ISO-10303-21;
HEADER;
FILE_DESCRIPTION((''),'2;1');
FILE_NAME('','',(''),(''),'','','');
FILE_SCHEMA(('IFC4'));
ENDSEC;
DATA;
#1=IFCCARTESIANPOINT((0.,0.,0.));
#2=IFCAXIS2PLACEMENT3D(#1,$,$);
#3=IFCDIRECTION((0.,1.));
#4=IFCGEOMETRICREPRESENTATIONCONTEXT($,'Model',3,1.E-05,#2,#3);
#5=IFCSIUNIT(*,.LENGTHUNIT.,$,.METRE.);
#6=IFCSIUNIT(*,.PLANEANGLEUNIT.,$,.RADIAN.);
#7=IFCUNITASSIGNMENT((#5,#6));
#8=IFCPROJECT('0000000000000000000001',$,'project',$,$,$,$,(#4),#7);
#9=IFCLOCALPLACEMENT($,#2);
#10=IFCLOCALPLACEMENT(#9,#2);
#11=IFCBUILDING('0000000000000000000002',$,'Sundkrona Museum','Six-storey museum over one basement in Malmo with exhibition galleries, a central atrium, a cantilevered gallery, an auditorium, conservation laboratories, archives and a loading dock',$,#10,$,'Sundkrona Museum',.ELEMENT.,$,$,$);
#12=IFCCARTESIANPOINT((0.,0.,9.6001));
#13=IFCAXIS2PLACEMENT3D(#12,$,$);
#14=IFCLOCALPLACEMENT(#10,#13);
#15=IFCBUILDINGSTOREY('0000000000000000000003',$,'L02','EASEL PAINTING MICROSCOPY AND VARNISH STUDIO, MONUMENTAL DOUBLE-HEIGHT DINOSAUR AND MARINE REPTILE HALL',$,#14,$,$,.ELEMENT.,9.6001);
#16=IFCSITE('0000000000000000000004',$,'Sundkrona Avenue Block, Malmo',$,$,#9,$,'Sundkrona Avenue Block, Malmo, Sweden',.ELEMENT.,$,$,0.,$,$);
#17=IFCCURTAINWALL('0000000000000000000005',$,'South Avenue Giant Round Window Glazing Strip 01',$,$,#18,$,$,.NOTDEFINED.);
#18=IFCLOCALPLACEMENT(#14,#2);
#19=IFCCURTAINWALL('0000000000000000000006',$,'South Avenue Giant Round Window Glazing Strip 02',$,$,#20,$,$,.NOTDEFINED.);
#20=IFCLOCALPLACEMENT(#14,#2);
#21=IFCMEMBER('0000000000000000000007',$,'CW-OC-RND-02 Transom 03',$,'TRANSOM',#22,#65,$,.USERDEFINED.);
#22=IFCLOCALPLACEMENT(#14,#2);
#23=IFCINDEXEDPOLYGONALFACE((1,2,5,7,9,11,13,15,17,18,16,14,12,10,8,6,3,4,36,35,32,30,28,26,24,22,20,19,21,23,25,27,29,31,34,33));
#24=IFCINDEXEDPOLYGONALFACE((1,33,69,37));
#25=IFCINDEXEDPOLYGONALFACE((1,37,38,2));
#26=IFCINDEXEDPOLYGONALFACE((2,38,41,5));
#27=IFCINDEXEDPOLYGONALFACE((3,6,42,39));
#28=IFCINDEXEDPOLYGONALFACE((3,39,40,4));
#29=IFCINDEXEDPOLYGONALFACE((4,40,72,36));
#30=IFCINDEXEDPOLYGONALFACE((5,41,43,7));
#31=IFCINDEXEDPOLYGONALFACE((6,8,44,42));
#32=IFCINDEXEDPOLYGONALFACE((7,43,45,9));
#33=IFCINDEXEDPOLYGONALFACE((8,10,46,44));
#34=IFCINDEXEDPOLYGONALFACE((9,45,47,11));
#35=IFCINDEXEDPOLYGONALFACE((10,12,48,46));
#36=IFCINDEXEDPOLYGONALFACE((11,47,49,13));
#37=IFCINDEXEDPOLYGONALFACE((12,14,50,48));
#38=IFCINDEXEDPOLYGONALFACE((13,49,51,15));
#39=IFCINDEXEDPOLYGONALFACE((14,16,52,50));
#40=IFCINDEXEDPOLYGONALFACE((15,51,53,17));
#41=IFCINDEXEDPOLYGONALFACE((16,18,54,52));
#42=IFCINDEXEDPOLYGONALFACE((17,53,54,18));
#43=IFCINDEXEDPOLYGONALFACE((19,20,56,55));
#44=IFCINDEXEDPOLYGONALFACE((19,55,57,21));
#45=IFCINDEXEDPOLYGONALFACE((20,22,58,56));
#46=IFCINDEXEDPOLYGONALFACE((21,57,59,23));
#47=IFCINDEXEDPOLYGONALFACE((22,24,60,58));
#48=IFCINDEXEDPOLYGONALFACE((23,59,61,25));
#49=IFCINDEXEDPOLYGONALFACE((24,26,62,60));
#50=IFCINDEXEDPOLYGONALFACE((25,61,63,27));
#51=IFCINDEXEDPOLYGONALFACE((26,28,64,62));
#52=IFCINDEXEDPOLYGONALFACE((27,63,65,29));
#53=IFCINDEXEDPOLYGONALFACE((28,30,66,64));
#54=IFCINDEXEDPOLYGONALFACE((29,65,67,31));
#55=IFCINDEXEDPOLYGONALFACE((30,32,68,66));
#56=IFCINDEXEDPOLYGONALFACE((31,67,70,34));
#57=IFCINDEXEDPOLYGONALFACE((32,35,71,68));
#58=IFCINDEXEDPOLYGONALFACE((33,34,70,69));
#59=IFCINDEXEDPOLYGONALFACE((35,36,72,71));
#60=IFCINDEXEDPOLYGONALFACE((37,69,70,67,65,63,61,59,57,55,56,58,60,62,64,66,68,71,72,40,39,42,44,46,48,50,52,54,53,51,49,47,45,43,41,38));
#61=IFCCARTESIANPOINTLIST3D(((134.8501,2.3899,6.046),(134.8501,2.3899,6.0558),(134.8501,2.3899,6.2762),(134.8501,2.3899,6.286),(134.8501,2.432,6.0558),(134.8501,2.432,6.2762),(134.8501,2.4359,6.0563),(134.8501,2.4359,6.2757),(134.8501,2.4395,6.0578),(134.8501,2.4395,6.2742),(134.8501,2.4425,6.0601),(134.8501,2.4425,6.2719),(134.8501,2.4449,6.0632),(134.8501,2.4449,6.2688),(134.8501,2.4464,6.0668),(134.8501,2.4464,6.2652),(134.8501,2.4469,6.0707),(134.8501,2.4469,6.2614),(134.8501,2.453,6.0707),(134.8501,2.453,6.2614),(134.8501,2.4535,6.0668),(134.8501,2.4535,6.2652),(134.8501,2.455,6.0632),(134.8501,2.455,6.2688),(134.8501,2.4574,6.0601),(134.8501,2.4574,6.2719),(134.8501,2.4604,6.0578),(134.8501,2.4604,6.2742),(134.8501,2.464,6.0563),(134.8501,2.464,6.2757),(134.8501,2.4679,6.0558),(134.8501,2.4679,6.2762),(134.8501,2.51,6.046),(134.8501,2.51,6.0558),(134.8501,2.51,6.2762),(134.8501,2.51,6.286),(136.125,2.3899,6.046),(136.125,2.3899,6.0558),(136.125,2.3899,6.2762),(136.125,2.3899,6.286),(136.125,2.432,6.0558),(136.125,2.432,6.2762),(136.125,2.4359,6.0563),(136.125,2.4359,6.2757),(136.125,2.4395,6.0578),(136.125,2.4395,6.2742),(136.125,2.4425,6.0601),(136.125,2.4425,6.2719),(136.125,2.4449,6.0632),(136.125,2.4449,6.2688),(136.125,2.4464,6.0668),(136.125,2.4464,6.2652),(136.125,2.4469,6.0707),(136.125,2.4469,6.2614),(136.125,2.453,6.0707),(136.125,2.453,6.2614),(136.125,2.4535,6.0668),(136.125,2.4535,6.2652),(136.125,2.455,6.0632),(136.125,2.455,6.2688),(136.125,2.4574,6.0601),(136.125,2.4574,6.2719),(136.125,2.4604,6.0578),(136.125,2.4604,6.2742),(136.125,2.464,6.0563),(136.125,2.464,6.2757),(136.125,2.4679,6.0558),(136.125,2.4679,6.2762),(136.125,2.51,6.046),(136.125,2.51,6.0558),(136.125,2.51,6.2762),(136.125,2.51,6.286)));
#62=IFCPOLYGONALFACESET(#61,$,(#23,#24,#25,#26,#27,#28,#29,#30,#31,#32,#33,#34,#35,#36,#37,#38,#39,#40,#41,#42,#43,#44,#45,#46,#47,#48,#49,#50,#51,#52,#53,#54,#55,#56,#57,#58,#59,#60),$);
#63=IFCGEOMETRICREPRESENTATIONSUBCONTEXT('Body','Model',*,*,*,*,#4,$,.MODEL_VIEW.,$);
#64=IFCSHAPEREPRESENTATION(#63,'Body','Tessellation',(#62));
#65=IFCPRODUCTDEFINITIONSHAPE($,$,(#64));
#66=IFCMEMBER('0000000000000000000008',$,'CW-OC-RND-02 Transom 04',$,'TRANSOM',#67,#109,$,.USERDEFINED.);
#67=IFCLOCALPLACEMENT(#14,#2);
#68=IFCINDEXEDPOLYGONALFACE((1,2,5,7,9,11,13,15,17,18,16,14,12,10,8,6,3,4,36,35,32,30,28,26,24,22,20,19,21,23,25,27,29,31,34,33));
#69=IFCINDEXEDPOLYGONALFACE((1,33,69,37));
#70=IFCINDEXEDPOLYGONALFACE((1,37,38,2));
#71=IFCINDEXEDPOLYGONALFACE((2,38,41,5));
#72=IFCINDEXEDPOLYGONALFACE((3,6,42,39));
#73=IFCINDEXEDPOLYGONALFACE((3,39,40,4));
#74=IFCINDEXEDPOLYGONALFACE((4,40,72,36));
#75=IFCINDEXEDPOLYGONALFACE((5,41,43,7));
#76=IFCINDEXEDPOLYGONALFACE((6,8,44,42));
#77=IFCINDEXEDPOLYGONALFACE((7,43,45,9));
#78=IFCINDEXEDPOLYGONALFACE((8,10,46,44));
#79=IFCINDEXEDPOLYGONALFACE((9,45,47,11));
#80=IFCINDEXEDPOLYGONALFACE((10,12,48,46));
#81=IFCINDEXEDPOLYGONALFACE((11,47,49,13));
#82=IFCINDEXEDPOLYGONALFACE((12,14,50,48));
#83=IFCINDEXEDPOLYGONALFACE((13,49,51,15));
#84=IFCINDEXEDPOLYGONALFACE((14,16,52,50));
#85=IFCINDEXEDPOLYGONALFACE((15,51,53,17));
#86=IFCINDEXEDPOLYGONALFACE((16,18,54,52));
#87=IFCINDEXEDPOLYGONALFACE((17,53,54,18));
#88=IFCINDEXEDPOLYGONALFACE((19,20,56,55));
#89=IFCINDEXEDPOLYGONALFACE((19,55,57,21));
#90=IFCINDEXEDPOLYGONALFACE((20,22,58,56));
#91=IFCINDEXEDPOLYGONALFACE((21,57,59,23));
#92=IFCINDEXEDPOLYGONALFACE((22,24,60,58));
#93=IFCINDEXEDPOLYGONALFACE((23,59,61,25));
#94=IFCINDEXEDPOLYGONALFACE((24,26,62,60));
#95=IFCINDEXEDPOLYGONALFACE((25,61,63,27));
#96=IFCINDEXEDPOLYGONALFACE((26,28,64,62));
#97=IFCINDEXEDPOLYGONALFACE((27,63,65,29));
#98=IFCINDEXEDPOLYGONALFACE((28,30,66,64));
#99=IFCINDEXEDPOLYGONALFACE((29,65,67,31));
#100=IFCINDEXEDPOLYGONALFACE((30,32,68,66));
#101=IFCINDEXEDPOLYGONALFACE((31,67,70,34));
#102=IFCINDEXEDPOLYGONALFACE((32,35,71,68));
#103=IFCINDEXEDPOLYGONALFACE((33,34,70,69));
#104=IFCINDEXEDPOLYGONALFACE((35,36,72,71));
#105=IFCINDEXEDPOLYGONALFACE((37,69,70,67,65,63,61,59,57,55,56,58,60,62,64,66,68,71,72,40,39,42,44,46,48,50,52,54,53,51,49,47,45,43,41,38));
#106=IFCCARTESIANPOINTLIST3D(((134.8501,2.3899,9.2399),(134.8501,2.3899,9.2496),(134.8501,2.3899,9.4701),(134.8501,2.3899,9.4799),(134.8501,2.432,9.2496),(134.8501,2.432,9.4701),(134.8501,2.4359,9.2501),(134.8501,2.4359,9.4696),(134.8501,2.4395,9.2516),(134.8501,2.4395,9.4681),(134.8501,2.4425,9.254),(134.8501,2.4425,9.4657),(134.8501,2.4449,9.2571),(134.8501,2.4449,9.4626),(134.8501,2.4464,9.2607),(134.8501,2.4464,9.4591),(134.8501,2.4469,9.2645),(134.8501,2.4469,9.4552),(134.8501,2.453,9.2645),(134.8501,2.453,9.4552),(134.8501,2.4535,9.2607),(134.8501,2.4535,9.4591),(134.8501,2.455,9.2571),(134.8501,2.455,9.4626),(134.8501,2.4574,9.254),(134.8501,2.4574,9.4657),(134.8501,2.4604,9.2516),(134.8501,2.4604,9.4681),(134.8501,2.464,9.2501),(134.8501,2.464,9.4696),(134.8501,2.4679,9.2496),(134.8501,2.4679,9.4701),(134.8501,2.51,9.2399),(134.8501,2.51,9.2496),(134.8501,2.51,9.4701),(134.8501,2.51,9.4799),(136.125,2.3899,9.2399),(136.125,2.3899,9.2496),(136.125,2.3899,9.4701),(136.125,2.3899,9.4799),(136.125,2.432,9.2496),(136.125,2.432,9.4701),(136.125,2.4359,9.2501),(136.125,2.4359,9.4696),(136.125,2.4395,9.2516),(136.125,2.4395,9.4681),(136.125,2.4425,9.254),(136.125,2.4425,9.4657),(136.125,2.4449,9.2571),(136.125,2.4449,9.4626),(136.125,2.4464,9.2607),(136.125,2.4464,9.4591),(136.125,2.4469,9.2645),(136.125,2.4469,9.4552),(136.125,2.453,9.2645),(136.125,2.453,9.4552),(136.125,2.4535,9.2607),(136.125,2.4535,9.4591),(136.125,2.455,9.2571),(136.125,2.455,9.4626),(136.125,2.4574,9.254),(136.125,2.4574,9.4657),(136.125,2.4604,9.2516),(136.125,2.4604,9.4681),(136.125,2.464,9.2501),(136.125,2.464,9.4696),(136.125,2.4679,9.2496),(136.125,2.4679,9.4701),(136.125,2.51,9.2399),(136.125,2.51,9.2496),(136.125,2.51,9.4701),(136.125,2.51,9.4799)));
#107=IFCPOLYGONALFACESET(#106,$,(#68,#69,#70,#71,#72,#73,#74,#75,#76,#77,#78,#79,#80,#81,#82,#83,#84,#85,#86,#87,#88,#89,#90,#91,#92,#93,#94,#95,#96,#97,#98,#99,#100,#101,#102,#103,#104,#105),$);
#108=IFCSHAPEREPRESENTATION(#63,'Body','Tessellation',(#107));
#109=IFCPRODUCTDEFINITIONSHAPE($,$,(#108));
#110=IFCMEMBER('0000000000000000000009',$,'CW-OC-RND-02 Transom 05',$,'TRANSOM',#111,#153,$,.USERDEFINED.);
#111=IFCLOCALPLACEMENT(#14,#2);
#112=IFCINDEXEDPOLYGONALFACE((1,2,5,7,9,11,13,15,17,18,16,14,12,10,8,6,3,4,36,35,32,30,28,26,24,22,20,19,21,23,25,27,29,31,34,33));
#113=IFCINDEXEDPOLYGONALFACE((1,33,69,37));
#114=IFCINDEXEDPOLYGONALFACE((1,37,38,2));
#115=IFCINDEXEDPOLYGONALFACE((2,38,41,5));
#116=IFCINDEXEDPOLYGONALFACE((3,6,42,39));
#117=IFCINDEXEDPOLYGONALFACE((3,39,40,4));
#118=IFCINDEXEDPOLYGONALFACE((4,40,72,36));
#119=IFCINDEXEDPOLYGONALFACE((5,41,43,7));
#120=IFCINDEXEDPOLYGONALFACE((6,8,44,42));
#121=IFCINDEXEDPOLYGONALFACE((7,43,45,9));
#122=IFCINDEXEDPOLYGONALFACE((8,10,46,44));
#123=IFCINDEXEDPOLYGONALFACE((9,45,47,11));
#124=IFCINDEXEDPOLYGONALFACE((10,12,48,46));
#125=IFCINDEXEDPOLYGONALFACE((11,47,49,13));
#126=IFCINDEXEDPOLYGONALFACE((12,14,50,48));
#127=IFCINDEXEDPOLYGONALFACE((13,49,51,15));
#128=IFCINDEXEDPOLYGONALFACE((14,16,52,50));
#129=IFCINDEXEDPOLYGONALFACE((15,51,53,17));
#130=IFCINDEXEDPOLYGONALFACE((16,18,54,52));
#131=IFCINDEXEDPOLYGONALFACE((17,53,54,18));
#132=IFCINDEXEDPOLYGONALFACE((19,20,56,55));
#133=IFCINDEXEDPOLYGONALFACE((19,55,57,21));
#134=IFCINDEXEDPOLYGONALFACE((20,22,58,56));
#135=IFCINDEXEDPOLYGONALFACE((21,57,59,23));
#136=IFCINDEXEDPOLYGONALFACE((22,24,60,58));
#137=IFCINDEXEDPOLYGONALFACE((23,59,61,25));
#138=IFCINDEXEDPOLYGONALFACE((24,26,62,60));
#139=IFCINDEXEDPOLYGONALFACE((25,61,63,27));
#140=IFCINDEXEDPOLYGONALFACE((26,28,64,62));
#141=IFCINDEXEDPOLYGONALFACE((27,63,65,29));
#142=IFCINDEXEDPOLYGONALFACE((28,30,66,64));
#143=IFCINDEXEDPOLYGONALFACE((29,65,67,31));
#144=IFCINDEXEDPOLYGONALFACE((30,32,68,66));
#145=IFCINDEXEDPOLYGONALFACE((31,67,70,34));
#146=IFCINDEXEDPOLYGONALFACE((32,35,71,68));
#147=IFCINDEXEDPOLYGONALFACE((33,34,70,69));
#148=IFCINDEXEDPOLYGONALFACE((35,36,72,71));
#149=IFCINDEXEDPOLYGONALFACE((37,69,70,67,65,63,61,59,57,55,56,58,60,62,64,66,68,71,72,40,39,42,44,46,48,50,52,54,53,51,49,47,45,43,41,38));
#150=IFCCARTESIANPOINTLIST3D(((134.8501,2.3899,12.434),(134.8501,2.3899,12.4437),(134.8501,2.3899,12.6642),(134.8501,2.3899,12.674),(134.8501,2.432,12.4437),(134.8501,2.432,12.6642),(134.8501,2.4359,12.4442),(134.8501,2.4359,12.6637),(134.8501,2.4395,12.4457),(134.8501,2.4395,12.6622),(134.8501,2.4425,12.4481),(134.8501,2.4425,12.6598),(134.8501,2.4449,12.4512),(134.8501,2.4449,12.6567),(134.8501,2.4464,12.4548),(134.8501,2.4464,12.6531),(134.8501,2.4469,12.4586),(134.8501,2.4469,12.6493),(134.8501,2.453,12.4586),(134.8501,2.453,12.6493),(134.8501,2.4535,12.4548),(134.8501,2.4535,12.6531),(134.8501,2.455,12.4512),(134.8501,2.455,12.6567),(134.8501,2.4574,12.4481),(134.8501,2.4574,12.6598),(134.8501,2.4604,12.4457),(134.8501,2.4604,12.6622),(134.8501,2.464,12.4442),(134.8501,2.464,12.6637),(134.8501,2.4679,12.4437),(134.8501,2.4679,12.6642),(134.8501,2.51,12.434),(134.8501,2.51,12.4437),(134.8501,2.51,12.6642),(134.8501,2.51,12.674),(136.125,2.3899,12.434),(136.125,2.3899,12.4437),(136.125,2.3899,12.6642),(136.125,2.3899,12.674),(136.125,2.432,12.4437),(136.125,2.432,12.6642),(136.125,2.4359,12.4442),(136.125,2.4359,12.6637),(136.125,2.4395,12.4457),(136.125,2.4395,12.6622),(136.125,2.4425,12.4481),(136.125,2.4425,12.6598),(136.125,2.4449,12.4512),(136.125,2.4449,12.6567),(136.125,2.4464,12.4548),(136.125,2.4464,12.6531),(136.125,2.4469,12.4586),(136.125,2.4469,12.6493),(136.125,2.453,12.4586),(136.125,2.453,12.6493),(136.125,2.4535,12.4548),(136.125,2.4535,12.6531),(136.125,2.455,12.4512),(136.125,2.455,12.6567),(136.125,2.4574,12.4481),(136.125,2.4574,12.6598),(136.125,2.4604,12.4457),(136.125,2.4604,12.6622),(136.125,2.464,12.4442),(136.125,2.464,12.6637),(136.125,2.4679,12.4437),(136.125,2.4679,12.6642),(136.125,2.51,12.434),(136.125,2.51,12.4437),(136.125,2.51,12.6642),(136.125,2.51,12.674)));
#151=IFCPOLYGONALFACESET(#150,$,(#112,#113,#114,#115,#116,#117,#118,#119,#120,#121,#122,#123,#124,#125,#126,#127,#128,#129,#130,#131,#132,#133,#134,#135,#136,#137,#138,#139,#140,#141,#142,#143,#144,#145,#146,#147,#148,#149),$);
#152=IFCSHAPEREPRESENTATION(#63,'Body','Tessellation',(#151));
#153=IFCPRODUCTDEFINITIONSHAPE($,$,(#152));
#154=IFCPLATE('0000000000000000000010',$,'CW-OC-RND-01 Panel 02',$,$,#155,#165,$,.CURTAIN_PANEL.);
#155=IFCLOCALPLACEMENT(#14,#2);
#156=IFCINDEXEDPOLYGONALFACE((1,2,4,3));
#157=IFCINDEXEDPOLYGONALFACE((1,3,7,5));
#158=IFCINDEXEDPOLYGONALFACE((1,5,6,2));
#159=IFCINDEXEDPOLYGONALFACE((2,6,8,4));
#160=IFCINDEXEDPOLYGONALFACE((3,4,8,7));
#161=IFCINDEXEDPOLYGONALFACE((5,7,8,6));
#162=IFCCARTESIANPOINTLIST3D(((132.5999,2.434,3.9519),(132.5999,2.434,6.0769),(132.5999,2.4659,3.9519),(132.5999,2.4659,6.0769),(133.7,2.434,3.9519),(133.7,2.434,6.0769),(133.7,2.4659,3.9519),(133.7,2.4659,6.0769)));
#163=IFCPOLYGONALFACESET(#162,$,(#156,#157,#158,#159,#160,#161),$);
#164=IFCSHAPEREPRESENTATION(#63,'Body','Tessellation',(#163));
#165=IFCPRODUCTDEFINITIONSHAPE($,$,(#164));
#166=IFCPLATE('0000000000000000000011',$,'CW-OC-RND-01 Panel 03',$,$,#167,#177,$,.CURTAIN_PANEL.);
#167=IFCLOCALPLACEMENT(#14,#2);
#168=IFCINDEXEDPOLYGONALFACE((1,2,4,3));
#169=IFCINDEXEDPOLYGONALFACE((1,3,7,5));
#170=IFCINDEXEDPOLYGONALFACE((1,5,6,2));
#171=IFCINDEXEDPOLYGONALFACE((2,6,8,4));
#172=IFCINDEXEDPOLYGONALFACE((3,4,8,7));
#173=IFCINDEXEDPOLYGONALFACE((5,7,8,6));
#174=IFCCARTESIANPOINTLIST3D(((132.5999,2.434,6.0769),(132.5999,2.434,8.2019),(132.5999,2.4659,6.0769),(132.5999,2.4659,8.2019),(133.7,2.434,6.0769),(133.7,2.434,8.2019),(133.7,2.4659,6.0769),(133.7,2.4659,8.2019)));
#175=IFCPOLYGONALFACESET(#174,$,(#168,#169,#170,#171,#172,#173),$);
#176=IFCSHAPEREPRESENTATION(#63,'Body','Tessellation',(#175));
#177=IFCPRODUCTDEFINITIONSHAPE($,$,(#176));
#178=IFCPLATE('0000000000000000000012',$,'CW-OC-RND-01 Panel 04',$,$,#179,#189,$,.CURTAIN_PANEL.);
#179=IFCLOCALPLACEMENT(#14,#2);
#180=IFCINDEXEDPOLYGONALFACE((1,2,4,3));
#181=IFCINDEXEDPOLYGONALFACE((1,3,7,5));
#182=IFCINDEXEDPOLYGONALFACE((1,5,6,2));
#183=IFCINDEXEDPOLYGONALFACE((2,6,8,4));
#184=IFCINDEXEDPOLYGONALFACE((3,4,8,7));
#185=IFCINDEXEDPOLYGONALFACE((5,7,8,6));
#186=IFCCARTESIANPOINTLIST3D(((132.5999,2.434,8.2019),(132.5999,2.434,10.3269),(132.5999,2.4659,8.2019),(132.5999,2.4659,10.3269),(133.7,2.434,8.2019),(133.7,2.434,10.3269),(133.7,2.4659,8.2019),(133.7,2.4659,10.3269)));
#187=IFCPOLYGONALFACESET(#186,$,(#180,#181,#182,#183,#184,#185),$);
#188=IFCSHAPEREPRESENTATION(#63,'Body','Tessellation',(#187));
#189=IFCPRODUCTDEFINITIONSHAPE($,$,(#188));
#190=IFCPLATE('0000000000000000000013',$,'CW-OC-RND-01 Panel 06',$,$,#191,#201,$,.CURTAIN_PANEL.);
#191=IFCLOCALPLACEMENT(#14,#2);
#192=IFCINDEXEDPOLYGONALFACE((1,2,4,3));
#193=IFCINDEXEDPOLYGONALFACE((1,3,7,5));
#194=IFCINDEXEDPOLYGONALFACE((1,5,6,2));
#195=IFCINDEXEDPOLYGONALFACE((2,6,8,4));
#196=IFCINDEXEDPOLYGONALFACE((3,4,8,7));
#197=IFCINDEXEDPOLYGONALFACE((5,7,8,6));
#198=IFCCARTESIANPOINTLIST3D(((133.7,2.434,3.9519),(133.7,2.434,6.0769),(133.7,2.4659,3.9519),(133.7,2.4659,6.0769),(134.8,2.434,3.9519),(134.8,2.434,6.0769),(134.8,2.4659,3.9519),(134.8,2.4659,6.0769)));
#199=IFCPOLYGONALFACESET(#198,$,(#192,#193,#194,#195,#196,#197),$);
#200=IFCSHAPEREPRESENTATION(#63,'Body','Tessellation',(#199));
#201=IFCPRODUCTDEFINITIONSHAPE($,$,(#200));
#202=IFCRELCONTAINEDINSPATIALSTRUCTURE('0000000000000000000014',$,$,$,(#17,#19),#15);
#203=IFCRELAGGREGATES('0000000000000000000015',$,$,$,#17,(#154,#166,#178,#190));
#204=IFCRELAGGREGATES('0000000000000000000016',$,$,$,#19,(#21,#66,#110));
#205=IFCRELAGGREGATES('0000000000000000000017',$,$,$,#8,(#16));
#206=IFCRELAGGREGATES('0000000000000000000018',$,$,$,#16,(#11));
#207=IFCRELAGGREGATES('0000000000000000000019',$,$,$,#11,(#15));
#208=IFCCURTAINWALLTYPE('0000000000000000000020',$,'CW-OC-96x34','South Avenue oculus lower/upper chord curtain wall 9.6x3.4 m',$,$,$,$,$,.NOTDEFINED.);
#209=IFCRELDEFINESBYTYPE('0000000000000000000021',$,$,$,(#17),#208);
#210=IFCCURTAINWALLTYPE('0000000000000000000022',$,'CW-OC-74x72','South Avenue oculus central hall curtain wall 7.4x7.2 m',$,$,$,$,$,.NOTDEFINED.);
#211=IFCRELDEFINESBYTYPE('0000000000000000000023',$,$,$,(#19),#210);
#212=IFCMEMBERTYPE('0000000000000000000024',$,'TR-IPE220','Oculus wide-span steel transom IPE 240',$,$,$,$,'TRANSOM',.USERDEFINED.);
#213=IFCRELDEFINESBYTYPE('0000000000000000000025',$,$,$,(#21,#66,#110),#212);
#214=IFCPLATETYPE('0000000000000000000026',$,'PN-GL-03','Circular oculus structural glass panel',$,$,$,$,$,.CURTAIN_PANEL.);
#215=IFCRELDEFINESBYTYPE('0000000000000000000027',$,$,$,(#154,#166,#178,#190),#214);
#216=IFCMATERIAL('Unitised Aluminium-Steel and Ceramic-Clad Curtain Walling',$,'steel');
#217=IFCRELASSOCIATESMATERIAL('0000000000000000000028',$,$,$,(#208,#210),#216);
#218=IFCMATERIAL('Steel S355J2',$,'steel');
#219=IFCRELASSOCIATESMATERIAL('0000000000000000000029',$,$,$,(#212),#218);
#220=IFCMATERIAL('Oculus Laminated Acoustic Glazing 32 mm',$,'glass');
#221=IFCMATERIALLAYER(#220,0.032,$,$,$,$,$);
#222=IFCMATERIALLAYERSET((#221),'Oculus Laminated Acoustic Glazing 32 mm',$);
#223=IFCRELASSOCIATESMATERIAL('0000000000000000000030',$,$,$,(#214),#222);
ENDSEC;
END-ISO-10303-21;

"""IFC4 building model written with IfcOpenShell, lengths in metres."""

from ifc_helpers import new_model, si_unit, direction, frame, origin, origin_2d, place, context, subcontext, project, spatial, rectangle, i_section, extrude, material, layer, layer_set, material_profile, profile_set, type_object, element, aggregate, save


model = new_model("IFC4")

# Units and contexts
model_context = context("Model", 3, precision=1e-05, world=origin(), true_north=direction((0.0, 1.0)))
body_context = subcontext(model_context, "Body", "Model", "MODEL_VIEW")
ifc_project = project(units=[si_unit("LENGTHUNIT", "METRE"), si_unit("PLANEANGLEUNIT", "RADIAN")], contexts=[model_context])

# Site, building, storey
site_placement = place(None, origin())
site = spatial("IfcSite", under=ifc_project, at=site_placement, Name="Sundkrona Avenue Block, Malmo", LongName="Sundkrona Avenue Block, Malmo, Sweden", CompositionType="ELEMENT", RefElevation=0.0)
building_placement = place(site_placement, origin())
building = spatial("IfcBuilding", under=site, at=building_placement, Name="Sundkrona Museum", Description="Six-storey museum over one basement in Malmo with exhibition galleries, a central atrium, a cantilevered gallery, an auditorium, conservation laboratories, archives and a loading dock", LongName="Sundkrona Museum", CompositionType="ELEMENT")
storey_placement = place(building_placement, frame((0.0, 0.0, 9.6001)))
storey = spatial("IfcBuildingStorey", under=building, at=storey_placement, Name="L02", Description="EASEL PAINTING MICROSCOPY AND VARNISH STUDIO, MONUMENTAL DOUBLE-HEIGHT DINOSAUR AND MARINE REPTILE HALL", CompositionType="ELEMENT", Elevation=9.6001)

# Shared definitions
ifc_material_1 = material(Name="Steel S355J2", Category="steel")

# Curtain walls, members
ifc_material_2 = material(Name="Unitised Aluminium-Steel and Ceramic-Clad Curtain Walling", Category="steel")
curtain_wall_type_1 = type_object("IfcCurtainWallType", Name="CW-OC-96x34", Description="South Avenue oculus lower/upper chord curtain wall 9.6x3.4 m", PredefinedType="NOTDEFINED", material=ifc_material_2)
curtain_wall_1_placement = place(storey_placement, origin())
curtain_wall_1 = element("IfcCurtainWall", 1, at=curtain_wall_1_placement, inside=storey, type_object=curtain_wall_type_1, Name="South Avenue Giant Round Window Glazing Strip 01", PredefinedType="NOTDEFINED")
curtain_wall_type_2 = type_object("IfcCurtainWallType", Name="CW-OC-74x72", Description="South Avenue oculus central hall curtain wall 7.4x7.2 m", PredefinedType="NOTDEFINED", material=ifc_material_2)
curtain_wall_2_placement = place(storey_placement, origin())
curtain_wall_2 = element("IfcCurtainWall", 2, at=curtain_wall_2_placement, inside=storey, type_object=curtain_wall_type_2, Name="South Avenue Giant Round Window Glazing Strip 02", PredefinedType="NOTDEFINED")
ifc_material_profile_1 = material_profile(ifc_material_1, i_section(OverallWidth=0.1201, OverallDepth=0.24, WebThickness=0.0061, FlangeThickness=0.0098, FilletRadius=0.0149, at=origin_2d()), Name="IPE 240")
ifc_profile_set_1 = profile_set([ifc_material_profile_1], Name="Steel S355J2")
member_type_1 = type_object("IfcMemberType", Name="TR-IPE220", Description="Oculus wide-span steel transom IPE 240", ElementType="TRANSOM", PredefinedType="USERDEFINED", material=ifc_profile_set_1)
member_1_placement = place(storey_placement, frame((134.8501, 2.45, 6.166), z_axis=(1.0, 0.0, 0.0), x_axis=(0.0, 1.0, 0.0)))
member_1 = element("IfcMember", 3, at=member_1_placement, type_object=member_type_1, Name="CW-OC-RND-02 Transom 03", ObjectType="TRANSOM", PredefinedType="USERDEFINED", context=body_context, shape_type="SweptSolid", body=[
    extrude(i_section(OverallWidth=0.1201, OverallDepth=0.24, WebThickness=0.0061, FlangeThickness=0.0098, FilletRadius=0.0149, at=origin_2d()), origin(), (0.0, 0.0, 1.0), 1.2749),
])
member_2_placement = place(storey_placement, frame((134.8501, 2.45, 9.3599), z_axis=(1.0, 0.0, 0.0), x_axis=(0.0, 1.0, 0.0)))
member_2 = element("IfcMember", 4, at=member_2_placement, type_object=member_type_1, Name="CW-OC-RND-02 Transom 04", ObjectType="TRANSOM", PredefinedType="USERDEFINED", context=body_context, shape_type="SweptSolid", body=[
    extrude(i_section(OverallWidth=0.1201, OverallDepth=0.24, WebThickness=0.0061, FlangeThickness=0.0098, FilletRadius=0.0149, at=origin_2d()), origin(), (0.0, 0.0, 1.0), 1.2749),
])
member_3_placement = place(storey_placement, frame((134.8501, 2.45, 12.554), z_axis=(1.0, 0.0, 0.0), x_axis=(0.0, 1.0, 0.0)))
member_3 = element("IfcMember", 5, at=member_3_placement, type_object=member_type_1, Name="CW-OC-RND-02 Transom 05", ObjectType="TRANSOM", PredefinedType="USERDEFINED", context=body_context, shape_type="SweptSolid", body=[
    extrude(i_section(OverallWidth=0.1201, OverallDepth=0.24, WebThickness=0.0061, FlangeThickness=0.0098, FilletRadius=0.0149, at=origin_2d()), origin(), (0.0, 0.0, 1.0), 1.2749),
])

# Plates
ifc_material_3 = material(Name="Oculus Laminated Acoustic Glazing 32 mm", Category="glass")
ifc_layer_1 = layer(ifc_material_3, 0.032)
ifc_layer_set_1 = layer_set([ifc_layer_1], Name="Oculus Laminated Acoustic Glazing 32 mm")
plate_type = type_object("IfcPlateType", Name="PN-GL-03", Description="Circular oculus structural glass panel", PredefinedType="CURTAIN_PANEL", material=ifc_layer_set_1)
plate_1_placement = place(storey_placement, frame((133.1499, 2.45, 3.9519), z_axis=(0.0, 0.0, 1.0), x_axis=(1.0, 0.0, 0.0)))
plate_1 = element("IfcPlate", 6, at=plate_1_placement, type_object=plate_type, Name="CW-OC-RND-01 Panel 02", PredefinedType="CURTAIN_PANEL", context=body_context, shape_type="SweptSolid", body=[
    extrude(rectangle(XDim=1.1001, YDim=0.032, at=origin_2d()), origin(), (0.0, 0.0, 1.0), 2.125),
])
plate_2_placement = place(storey_placement, frame((133.1499, 2.45, 6.0769), z_axis=(0.0, 0.0, 1.0), x_axis=(1.0, 0.0, 0.0)))
plate_2 = element("IfcPlate", 7, at=plate_2_placement, type_object=plate_type, Name="CW-OC-RND-01 Panel 03", PredefinedType="CURTAIN_PANEL", context=body_context, shape_type="SweptSolid", body=[
    extrude(rectangle(XDim=1.1001, YDim=0.032, at=origin_2d()), origin(), (0.0, 0.0, 1.0), 2.125),
])
plate_3_placement = place(storey_placement, frame((133.1499, 2.45, 8.2019), z_axis=(0.0, 0.0, 1.0), x_axis=(1.0, 0.0, 0.0)))
plate_3 = element("IfcPlate", 8, at=plate_3_placement, type_object=plate_type, Name="CW-OC-RND-01 Panel 04", PredefinedType="CURTAIN_PANEL", context=body_context, shape_type="SweptSolid", body=[
    extrude(rectangle(XDim=1.1001, YDim=0.032, at=origin_2d()), origin(), (0.0, 0.0, 1.0), 2.125),
])
plate_4_placement = place(storey_placement, frame((134.25, 2.45, 3.9519), z_axis=(0.0, 0.0, 1.0), x_axis=(1.0, 0.0, 0.0)))
plate_4 = element("IfcPlate", 9, at=plate_4_placement, type_object=plate_type, Name="CW-OC-RND-01 Panel 06", PredefinedType="CURTAIN_PANEL", context=body_context, shape_type="SweptSolid", body=[
    extrude(rectangle(XDim=1.1001, YDim=0.032, at=origin_2d()), origin(), (0.0, 0.0, 1.0), 2.125),
])
aggregate(curtain_wall_1, [plate_1, plate_2, plate_3, plate_4])
aggregate(curtain_wall_2, [member_1, member_2, member_3])

save(model, "model.ifc")
